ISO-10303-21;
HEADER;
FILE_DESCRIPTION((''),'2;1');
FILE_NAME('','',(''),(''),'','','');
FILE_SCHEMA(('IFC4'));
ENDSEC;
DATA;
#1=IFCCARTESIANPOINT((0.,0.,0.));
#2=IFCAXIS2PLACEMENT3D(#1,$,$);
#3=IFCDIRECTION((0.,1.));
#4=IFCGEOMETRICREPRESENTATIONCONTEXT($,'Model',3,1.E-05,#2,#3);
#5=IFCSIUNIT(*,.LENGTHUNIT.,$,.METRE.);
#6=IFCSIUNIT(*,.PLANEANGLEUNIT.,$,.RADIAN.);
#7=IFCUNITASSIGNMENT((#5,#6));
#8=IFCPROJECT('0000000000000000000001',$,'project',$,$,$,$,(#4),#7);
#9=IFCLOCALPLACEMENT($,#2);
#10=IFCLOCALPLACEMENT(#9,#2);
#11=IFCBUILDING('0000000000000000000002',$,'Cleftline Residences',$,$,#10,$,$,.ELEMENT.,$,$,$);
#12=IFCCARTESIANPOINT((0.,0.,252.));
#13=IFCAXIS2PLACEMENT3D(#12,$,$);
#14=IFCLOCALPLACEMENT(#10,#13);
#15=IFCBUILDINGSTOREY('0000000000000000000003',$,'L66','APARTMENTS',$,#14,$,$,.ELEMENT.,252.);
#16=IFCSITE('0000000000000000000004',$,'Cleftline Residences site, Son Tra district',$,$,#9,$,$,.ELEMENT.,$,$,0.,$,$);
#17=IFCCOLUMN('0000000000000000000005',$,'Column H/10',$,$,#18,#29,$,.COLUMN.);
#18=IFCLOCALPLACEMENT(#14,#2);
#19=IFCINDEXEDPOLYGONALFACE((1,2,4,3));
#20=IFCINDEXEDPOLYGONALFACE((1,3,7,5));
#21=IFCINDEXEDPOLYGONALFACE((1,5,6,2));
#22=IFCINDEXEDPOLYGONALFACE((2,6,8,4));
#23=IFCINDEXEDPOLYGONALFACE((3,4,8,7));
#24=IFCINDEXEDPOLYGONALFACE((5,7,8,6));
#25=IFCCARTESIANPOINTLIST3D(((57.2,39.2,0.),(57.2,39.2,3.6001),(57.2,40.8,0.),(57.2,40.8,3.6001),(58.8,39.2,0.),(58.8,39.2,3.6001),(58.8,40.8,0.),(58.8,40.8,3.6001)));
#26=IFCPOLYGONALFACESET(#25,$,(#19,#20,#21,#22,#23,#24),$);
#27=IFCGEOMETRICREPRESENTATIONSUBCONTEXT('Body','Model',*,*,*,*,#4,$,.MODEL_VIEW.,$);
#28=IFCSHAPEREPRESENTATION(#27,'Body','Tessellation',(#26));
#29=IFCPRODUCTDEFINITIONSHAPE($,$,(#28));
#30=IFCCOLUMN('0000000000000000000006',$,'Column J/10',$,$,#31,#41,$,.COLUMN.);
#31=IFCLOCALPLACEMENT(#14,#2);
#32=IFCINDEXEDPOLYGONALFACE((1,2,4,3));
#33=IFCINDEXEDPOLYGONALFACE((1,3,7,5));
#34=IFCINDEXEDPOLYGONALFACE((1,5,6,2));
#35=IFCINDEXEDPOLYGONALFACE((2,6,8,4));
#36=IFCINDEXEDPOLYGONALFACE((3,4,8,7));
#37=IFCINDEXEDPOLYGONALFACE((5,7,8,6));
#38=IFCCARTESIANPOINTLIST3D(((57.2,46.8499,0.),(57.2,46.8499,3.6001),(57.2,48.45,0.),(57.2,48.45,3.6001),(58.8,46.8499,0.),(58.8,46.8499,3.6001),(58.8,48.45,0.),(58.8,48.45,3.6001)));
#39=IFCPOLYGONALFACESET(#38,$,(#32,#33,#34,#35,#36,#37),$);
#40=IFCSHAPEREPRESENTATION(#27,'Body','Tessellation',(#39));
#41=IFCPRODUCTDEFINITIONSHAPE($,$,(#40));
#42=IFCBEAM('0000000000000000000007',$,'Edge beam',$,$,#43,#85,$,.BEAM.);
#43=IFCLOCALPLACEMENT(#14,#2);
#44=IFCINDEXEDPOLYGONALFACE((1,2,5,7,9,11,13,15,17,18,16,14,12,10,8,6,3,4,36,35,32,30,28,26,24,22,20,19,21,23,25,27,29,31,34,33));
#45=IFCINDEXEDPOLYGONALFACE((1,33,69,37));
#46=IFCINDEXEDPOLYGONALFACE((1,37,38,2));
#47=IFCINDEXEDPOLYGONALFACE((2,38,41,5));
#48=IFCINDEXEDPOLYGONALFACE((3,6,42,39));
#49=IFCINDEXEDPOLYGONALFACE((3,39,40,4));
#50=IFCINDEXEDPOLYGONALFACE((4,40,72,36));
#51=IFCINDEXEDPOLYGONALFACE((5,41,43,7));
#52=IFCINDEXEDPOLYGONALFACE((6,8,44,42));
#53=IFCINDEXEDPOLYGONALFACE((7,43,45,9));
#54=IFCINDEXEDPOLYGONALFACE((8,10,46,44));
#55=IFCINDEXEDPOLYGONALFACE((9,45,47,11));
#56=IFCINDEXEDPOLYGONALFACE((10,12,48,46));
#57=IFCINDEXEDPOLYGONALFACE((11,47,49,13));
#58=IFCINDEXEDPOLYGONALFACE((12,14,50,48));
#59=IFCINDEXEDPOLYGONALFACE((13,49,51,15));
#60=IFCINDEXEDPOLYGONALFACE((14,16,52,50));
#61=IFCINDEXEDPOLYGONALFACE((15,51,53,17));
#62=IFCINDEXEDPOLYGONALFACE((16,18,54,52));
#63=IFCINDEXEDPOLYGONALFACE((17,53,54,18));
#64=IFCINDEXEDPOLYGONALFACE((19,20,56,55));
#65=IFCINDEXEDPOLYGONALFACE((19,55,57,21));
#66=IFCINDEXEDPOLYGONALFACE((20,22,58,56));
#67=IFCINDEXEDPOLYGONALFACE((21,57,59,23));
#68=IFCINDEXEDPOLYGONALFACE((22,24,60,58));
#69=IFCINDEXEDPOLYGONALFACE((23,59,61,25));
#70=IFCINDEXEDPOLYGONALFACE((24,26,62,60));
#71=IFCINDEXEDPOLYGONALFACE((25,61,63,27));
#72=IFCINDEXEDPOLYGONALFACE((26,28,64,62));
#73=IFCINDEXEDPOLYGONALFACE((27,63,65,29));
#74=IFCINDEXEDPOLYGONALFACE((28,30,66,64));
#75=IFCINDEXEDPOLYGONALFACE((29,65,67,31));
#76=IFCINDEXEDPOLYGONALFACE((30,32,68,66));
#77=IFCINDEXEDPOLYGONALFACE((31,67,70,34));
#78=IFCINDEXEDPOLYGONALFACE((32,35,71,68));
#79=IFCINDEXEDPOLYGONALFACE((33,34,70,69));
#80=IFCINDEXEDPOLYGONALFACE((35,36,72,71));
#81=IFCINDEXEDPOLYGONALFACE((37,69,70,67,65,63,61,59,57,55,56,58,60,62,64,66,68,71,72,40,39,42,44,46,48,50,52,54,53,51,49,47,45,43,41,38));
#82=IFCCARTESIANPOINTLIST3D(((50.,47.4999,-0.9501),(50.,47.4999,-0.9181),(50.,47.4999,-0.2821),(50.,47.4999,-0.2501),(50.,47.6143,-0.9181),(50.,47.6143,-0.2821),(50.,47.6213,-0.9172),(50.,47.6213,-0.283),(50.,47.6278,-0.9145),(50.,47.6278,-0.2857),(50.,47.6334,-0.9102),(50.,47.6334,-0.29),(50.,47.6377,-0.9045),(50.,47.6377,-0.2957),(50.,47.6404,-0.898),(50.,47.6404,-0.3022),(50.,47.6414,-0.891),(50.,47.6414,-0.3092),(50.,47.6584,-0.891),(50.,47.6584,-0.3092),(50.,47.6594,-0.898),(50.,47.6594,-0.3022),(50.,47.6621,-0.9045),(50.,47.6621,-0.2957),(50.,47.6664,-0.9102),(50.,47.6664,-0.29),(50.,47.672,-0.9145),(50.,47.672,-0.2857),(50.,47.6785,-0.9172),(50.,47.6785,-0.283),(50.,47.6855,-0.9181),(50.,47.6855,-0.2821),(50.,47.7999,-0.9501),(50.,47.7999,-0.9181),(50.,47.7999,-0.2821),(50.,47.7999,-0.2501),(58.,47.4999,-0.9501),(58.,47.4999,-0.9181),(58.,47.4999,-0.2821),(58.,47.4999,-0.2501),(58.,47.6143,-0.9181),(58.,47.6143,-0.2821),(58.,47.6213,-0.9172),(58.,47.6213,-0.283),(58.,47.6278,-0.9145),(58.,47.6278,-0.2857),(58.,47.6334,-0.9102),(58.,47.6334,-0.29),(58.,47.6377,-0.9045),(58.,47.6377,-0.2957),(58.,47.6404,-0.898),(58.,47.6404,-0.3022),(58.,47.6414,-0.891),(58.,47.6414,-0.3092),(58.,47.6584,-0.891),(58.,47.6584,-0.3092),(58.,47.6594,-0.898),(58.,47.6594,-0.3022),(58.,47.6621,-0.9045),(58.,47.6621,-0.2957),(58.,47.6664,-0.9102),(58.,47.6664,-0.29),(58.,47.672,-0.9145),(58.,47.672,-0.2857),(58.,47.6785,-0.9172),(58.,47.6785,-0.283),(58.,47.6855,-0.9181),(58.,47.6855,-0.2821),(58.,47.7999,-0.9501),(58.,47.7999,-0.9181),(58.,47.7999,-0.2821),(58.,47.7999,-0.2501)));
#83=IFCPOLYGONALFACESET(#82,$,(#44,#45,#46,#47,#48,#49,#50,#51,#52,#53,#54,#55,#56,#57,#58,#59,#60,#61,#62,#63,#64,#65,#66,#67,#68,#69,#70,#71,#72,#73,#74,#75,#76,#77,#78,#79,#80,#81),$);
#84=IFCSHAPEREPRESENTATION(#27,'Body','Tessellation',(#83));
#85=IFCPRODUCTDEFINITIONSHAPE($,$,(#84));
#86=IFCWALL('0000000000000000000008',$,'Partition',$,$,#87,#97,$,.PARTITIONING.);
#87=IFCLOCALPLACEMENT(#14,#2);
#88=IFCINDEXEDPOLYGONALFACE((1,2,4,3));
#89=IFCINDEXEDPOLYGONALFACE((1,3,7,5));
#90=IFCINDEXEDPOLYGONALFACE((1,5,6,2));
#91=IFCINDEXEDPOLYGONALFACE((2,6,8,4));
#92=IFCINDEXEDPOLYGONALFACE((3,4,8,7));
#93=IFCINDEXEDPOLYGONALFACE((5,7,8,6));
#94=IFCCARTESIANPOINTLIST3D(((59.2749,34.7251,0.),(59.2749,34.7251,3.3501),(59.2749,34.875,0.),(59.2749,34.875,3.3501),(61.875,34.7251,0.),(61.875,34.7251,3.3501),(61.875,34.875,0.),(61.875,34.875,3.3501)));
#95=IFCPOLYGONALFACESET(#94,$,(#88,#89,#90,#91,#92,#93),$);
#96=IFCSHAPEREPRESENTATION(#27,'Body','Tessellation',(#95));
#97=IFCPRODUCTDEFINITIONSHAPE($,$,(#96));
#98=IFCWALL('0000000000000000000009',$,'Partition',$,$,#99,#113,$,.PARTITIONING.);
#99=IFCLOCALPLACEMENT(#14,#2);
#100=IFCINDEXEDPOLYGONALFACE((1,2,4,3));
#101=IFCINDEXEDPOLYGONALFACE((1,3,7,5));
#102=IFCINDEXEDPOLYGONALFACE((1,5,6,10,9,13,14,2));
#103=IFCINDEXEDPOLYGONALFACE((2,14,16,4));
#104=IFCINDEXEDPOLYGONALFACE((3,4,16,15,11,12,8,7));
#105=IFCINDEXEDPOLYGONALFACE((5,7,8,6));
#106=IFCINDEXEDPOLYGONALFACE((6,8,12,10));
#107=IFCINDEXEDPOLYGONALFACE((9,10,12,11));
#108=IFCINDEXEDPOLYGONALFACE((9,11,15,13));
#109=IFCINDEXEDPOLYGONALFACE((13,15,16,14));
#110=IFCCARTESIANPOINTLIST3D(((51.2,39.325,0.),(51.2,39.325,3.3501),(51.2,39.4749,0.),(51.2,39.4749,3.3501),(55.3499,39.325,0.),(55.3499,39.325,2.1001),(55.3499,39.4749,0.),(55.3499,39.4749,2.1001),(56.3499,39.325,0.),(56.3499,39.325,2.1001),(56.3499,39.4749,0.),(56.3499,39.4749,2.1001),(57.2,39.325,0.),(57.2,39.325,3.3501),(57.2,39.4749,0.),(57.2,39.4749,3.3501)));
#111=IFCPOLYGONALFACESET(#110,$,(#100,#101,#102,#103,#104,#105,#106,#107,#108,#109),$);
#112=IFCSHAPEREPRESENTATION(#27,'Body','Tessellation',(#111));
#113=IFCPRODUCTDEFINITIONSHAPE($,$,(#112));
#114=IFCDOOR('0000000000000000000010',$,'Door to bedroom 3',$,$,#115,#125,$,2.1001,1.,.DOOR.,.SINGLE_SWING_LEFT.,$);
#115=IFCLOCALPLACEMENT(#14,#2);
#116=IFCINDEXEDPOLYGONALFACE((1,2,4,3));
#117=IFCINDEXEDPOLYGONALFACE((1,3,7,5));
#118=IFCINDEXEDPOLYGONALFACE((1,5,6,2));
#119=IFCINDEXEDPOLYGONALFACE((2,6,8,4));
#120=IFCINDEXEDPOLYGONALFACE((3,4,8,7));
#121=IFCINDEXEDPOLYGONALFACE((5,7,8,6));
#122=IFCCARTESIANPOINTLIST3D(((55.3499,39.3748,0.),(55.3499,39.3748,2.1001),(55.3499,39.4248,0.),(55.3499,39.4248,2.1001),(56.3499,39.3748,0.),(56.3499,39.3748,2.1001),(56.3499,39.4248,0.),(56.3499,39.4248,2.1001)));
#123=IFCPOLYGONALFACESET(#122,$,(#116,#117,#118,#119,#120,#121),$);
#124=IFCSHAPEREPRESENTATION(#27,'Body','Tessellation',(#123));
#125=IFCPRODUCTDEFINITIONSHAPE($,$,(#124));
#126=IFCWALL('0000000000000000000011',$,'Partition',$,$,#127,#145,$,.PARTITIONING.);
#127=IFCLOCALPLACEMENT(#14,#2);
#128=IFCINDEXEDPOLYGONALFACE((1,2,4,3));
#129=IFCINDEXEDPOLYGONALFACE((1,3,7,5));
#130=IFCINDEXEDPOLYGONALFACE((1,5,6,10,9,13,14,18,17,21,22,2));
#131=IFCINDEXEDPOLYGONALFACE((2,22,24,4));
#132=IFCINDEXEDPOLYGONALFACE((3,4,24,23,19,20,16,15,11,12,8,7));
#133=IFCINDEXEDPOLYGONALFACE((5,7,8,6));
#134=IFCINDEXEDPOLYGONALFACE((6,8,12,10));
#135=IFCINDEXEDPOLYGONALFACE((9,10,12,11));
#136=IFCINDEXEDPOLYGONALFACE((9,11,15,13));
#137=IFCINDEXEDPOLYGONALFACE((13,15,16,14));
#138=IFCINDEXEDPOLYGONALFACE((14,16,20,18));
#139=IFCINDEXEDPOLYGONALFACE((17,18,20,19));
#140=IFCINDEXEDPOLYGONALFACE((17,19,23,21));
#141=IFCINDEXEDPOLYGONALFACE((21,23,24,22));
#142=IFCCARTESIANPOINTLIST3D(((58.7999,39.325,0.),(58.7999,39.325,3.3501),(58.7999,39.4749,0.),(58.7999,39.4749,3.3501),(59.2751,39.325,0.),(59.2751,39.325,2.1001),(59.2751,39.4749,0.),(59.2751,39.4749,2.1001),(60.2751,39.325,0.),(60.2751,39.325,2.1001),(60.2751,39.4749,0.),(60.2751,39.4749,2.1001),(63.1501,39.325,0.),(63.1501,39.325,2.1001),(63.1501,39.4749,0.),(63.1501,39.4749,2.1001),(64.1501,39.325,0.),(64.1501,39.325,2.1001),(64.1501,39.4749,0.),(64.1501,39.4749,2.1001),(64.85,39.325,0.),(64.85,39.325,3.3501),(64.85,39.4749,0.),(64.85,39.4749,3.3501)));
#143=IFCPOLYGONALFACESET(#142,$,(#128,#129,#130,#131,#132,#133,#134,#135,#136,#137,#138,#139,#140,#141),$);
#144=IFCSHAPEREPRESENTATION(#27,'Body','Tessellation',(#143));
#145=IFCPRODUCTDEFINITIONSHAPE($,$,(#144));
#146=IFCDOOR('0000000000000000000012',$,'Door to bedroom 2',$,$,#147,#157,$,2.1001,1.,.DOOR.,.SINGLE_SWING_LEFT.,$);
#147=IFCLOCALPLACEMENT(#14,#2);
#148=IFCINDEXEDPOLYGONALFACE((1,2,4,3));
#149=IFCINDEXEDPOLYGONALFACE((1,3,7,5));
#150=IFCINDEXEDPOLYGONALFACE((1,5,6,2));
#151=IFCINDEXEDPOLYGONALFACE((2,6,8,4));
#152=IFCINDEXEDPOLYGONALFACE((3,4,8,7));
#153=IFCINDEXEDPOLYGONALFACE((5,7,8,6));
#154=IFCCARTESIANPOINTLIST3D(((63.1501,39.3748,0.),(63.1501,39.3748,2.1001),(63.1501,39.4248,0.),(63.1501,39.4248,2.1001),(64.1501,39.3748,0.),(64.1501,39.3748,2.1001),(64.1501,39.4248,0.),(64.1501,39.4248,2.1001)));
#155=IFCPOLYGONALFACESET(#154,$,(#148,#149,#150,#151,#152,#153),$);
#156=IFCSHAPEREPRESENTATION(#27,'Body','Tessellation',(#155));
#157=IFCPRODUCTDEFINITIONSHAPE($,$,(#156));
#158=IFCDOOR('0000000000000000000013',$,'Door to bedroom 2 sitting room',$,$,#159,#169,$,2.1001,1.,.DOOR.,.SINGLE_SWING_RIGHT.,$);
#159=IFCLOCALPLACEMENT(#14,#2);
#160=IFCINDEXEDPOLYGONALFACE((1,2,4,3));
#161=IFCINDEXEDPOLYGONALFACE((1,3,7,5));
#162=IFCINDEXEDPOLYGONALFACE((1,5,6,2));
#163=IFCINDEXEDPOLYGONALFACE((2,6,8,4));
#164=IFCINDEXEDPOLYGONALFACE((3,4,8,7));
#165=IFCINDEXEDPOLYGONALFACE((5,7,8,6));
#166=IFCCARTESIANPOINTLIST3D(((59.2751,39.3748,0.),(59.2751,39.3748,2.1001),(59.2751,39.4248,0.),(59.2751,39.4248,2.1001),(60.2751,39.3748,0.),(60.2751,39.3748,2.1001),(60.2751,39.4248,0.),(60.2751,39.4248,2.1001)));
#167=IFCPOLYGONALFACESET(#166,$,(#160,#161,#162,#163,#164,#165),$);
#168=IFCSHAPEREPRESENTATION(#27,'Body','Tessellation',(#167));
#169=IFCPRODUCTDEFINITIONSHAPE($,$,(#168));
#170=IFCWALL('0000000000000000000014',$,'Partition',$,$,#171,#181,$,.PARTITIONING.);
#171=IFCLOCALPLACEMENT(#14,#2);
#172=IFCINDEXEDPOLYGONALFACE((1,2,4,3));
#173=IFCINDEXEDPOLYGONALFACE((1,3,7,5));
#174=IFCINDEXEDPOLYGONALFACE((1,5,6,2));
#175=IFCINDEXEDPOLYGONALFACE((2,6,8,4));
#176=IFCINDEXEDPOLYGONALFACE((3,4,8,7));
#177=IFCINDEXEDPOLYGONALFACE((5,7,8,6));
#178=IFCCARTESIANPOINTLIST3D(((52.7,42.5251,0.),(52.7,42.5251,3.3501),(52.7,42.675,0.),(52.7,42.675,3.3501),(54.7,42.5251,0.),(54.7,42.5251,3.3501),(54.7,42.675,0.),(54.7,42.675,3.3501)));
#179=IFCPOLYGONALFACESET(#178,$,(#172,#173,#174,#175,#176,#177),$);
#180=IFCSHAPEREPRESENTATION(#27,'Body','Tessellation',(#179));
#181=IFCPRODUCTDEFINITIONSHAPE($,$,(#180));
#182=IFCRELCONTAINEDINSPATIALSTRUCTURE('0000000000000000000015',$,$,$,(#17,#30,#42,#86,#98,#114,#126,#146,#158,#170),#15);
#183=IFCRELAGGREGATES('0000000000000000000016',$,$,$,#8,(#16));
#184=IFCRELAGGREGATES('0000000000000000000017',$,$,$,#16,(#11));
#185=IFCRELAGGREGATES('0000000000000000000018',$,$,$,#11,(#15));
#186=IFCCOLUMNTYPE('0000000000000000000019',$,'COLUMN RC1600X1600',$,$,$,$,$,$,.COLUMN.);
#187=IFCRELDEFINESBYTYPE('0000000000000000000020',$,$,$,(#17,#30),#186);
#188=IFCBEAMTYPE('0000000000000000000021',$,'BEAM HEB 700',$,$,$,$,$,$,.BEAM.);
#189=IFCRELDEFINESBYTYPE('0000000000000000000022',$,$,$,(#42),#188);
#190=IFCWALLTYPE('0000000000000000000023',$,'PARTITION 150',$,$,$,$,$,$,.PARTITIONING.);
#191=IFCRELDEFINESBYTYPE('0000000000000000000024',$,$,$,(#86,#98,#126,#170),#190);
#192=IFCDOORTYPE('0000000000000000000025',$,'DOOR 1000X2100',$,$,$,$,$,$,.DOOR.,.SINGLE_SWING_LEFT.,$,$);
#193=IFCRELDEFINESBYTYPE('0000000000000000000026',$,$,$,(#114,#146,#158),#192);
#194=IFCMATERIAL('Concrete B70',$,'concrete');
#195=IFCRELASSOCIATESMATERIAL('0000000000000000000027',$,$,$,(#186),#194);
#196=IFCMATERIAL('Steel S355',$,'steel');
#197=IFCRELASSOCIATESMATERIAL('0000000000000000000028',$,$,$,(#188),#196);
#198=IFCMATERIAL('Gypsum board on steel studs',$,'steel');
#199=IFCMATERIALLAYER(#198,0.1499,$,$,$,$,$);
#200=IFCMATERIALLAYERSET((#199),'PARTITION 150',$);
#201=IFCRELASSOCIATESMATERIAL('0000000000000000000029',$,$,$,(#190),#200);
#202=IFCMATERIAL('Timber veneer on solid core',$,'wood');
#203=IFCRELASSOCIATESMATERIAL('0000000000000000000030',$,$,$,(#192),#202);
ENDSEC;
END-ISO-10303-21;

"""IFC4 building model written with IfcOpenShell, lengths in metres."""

from ifc_helpers import new_model, si_unit, direction, frame, frame_2d, origin, origin_2d, place, context, subcontext, project, spatial, rectangle, i_section, extrude, material, layer, layer_set, material_profile, profile_set, type_object, element, fill, save


model = new_model("IFC4")

# Units and contexts
model_context = context("Model", 3, precision=1e-05, world=origin(), true_north=direction((0.0, 1.0)))
body_context = subcontext(model_context, "Body", "Model", "MODEL_VIEW")
ifc_project = project(units=[si_unit("LENGTHUNIT", "METRE"), si_unit("PLANEANGLEUNIT", "RADIAN")], contexts=[model_context])

# Site, building, storey
site_placement = place(None, origin())
site = spatial("IfcSite", under=ifc_project, at=site_placement, Name="Cleftline Residences site, Son Tra district", CompositionType="ELEMENT", RefElevation=0.0)
building_placement = place(site_placement, origin())
building = spatial("IfcBuilding", under=site, at=building_placement, Name="Cleftline Residences", CompositionType="ELEMENT")
storey_placement = place(building_placement, frame((0.0, 0.0, 252.0)))
storey = spatial("IfcBuildingStorey", under=building, at=storey_placement, Name="L66", Description="APARTMENTS", CompositionType="ELEMENT", Elevation=252.0)

# Columns
ifc_material_1 = material(Name="Concrete B70", Category="concrete")
ifc_material_profile_1 = material_profile(ifc_material_1, rectangle(XDim=1.6001, YDim=1.6001, at=origin_2d()))
ifc_profile_set_1 = profile_set([ifc_material_profile_1], Name="Concrete B70")
column_type = type_object("IfcColumnType", Name="COLUMN RC1600X1600", PredefinedType="COLUMN", material=ifc_profile_set_1)
for number, where, z_axis, x_axis, name in (
    (1, (58.0, 40.0, 0.0), (0.0, 0.0, 1.0), (1.0, 0.0, 0.0), "Column H/10"),
    (2, (58.0, 47.6499, 0.0), (0.0, 0.0, 1.0), (1.0, 0.0, 0.0), "Column J/10"),
):
    element("IfcColumn", number, at=place(storey_placement, frame(where, z_axis=z_axis, x_axis=x_axis)), inside=storey, type_object=column_type, Name=name, PredefinedType="COLUMN", context=body_context, shape_type="SweptSolid", body=[
        extrude(rectangle(XDim=1.6001, YDim=1.6001, at=origin_2d()), origin(), (0.0, 0.0, 1.0), 3.6001),
    ])

# Beam
ifc_material_2 = material(Name="Steel S355", Category="steel")
ifc_material_profile_2 = material_profile(ifc_material_2, i_section(OverallWidth=0.3, OverallDepth=0.7, WebThickness=0.0171, FlangeThickness=0.032, FilletRadius=0.0271, at=origin_2d()))
ifc_profile_set_2 = profile_set([ifc_material_profile_2], Name="Steel S355")
beam_type = type_object("IfcBeamType", Name="BEAM HEB 700", PredefinedType="BEAM", material=ifc_profile_set_2)
beam_placement = place(storey_placement, frame((58.0, 47.6499, -0.6001), z_axis=(-1.0, 0.0, 0.0), x_axis=(0.0, -1.0, 0.0)))
element("IfcBeam", 3, at=beam_placement, inside=storey, type_object=beam_type, Name="Edge beam", PredefinedType="BEAM", context=body_context, shape_type="SweptSolid", body=[
    extrude(i_section(OverallWidth=0.3, OverallDepth=0.7, WebThickness=0.0171, FlangeThickness=0.032, FilletRadius=0.0271, at=origin_2d()), origin(), (0.0, 0.0, 1.0), 8.0),
])

# Wall
ifc_material_3 = material(Name="Gypsum board on steel studs", Category="steel")
ifc_layer = layer(ifc_material_3, 0.1499)
ifc_layer_set = layer_set([ifc_layer], Name="PARTITION 150")
wall_type = type_object("IfcWallType", Name="PARTITION 150", PredefinedType="PARTITIONING", material=ifc_layer_set)
wall_1_placement = place(storey_placement, frame((59.2749, 34.8, 0.0), z_axis=(0.0, 0.0, 1.0), x_axis=(1.0, 0.0, 0.0)))
element("IfcWall", 4, at=wall_1_placement, inside=storey, type_object=wall_type, Name="Partition", PredefinedType="PARTITIONING", context=body_context, shape_type="SweptSolid", body=[
    extrude(rectangle(XDim=2.6001, YDim=0.1499, at=frame_2d((1.3, 0.0))), origin(), (0.0, 0.0, 1.0), 3.3501),
])

# Wall, opening, door
wall_2_placement = place(storey_placement, frame((51.2, 39.3999, 0.0), z_axis=(0.0, 0.0, 1.0), x_axis=(1.0, 0.0, 0.0)))
wall_2 = element("IfcWall", 5, at=wall_2_placement, inside=storey, type_object=wall_type, Name="Partition", PredefinedType="PARTITIONING", context=body_context, shape_type="SweptSolid", body=[
    extrude(rectangle(XDim=6.0, YDim=0.1499, at=frame_2d((3.0, 0.0))), origin(), (0.0, 0.0, 1.0), 3.3501),
])
opening_1_placement = place(wall_2_placement, frame((4.1499, 0.0, 0.0)))
opening_1 = element("IfcOpeningElement", 6, at=opening_1_placement, cuts=wall_2, PredefinedType="OPENING", context=body_context, shape_type="SweptSolid", body=[
    extrude(rectangle(XDim=1.0, YDim=2.1001, at=frame_2d((0.5, 1.05))), frame((0.0, 0.085, 0.0), z_axis=(0.0, -1.0, 0.0), x_axis=(1.0, 0.0, 0.0)), (0.0, 0.0, 1.0), 0.1699),
])
ifc_material_4 = material(Name="Timber veneer on solid core", Category="wood")
door_type_1 = type_object("IfcDoorType", Name="DOOR 1000X2100", OperationType="SINGLE_SWING_LEFT", PredefinedType="DOOR", material=ifc_material_4)
door_1_placement = place(opening_1_placement, origin())
door_1 = element("IfcDoor", 7, at=door_1_placement, inside=storey, type_object=door_type_1, Name="Door to bedroom 3", OperationType="SINGLE_SWING_LEFT", OverallHeight=2.1001, OverallWidth=1.0, PredefinedType="DOOR", context=body_context, shape_type="SweptSolid", body=[
    extrude(rectangle(XDim=1.0, YDim=2.1001, at=frame_2d((0.5, 1.05))), frame((0.0, 0.0249, 0.0), z_axis=(0.0, -1.0, 0.0), x_axis=(1.0, 0.0, 0.0)), (0.0, 0.0, 1.0), 0.05),
])
fill(opening_1, door_1)

# Wall, openings, doors
wall_3_placement = place(storey_placement, frame((58.8, 39.3999, 0.0), z_axis=(0.0, 0.0, 1.0), x_axis=(1.0, 0.0, 0.0)))
wall_3 = element("IfcWall", 8, at=wall_3_placement, inside=storey, type_object=wall_type, Name="Partition", PredefinedType="PARTITIONING", context=body_context, shape_type="SweptSolid", body=[
    extrude(rectangle(XDim=6.05, YDim=0.1499, at=frame_2d((3.0249, 0.0))), origin(), (0.0, 0.0, 1.0), 3.3501),
])
opening_2_placement = place(wall_3_placement, frame((4.3501, 0.0, 0.0)))
opening_2 = element("IfcOpeningElement", 9, at=opening_2_placement, cuts=wall_3, PredefinedType="OPENING", context=body_context, shape_type="SweptSolid", body=[
    extrude(rectangle(XDim=1.0, YDim=2.1001, at=frame_2d((0.5, 1.05))), frame((0.0, 0.085, 0.0), z_axis=(0.0, -1.0, 0.0), x_axis=(1.0, 0.0, 0.0)), (0.0, 0.0, 1.0), 0.1699),
])
opening_3_placement = place(wall_3_placement, frame((0.4751, 0.0, 0.0)))
opening_3 = element("IfcOpeningElement", 10, at=opening_3_placement, cuts=wall_3, PredefinedType="OPENING", context=body_context, shape_type="SweptSolid", body=[
    extrude(rectangle(XDim=1.0, YDim=2.1001, at=frame_2d((0.5, 1.05))), frame((0.0, 0.085, 0.0), z_axis=(0.0, -1.0, 0.0), x_axis=(1.0, 0.0, 0.0)), (0.0, 0.0, 1.0), 0.1699),
])
door_2_placement = place(opening_2_placement, origin())
door_2 = element("IfcDoor", 11, at=door_2_placement, inside=storey, type_object=door_type_1, Name="Door to bedroom 2", OperationType="SINGLE_SWING_LEFT", OverallHeight=2.1001, OverallWidth=1.0, PredefinedType="DOOR", context=body_context, shape_type="SweptSolid", body=[
    extrude(rectangle(XDim=1.0, YDim=2.1001, at=frame_2d((0.5, 1.05))), frame((0.0, 0.0249, 0.0), z_axis=(0.0, -1.0, 0.0), x_axis=(1.0, 0.0, 0.0)), (0.0, 0.0, 1.0), 0.05),
])
fill(opening_2, door_2)
door_3_placement = place(opening_3_placement, origin())
door_3 = element("IfcDoor", 12, at=door_3_placement, inside=storey, type_object=door_type_1, Name="Door to bedroom 2 sitting room", OperationType="SINGLE_SWING_RIGHT", OverallHeight=2.1001, OverallWidth=1.0, PredefinedType="DOOR", context=body_context, shape_type="SweptSolid", body=[
    extrude(rectangle(XDim=1.0, YDim=2.1001, at=frame_2d((0.5, 1.05))), frame((0.0, 0.0249, 0.0), z_axis=(0.0, -1.0, 0.0), x_axis=(1.0, 0.0, 0.0)), (0.0, 0.0, 1.0), 0.05),
])
fill(opening_3, door_3)

# Wall
wall_4_placement = place(storey_placement, frame((52.7, 42.6001, 0.0), z_axis=(0.0, 0.0, 1.0), x_axis=(1.0, 0.0, 0.0)))
element("IfcWall", 13, at=wall_4_placement, inside=storey, type_object=wall_type, Name="Partition", PredefinedType="PARTITIONING", context=body_context, shape_type="SweptSolid", body=[
    extrude(rectangle(XDim=2.0, YDim=0.1499, at=frame_2d((1.0, 0.0))), origin(), (0.0, 0.0, 1.0), 3.3501),
])

save(model, "model.ifc")
